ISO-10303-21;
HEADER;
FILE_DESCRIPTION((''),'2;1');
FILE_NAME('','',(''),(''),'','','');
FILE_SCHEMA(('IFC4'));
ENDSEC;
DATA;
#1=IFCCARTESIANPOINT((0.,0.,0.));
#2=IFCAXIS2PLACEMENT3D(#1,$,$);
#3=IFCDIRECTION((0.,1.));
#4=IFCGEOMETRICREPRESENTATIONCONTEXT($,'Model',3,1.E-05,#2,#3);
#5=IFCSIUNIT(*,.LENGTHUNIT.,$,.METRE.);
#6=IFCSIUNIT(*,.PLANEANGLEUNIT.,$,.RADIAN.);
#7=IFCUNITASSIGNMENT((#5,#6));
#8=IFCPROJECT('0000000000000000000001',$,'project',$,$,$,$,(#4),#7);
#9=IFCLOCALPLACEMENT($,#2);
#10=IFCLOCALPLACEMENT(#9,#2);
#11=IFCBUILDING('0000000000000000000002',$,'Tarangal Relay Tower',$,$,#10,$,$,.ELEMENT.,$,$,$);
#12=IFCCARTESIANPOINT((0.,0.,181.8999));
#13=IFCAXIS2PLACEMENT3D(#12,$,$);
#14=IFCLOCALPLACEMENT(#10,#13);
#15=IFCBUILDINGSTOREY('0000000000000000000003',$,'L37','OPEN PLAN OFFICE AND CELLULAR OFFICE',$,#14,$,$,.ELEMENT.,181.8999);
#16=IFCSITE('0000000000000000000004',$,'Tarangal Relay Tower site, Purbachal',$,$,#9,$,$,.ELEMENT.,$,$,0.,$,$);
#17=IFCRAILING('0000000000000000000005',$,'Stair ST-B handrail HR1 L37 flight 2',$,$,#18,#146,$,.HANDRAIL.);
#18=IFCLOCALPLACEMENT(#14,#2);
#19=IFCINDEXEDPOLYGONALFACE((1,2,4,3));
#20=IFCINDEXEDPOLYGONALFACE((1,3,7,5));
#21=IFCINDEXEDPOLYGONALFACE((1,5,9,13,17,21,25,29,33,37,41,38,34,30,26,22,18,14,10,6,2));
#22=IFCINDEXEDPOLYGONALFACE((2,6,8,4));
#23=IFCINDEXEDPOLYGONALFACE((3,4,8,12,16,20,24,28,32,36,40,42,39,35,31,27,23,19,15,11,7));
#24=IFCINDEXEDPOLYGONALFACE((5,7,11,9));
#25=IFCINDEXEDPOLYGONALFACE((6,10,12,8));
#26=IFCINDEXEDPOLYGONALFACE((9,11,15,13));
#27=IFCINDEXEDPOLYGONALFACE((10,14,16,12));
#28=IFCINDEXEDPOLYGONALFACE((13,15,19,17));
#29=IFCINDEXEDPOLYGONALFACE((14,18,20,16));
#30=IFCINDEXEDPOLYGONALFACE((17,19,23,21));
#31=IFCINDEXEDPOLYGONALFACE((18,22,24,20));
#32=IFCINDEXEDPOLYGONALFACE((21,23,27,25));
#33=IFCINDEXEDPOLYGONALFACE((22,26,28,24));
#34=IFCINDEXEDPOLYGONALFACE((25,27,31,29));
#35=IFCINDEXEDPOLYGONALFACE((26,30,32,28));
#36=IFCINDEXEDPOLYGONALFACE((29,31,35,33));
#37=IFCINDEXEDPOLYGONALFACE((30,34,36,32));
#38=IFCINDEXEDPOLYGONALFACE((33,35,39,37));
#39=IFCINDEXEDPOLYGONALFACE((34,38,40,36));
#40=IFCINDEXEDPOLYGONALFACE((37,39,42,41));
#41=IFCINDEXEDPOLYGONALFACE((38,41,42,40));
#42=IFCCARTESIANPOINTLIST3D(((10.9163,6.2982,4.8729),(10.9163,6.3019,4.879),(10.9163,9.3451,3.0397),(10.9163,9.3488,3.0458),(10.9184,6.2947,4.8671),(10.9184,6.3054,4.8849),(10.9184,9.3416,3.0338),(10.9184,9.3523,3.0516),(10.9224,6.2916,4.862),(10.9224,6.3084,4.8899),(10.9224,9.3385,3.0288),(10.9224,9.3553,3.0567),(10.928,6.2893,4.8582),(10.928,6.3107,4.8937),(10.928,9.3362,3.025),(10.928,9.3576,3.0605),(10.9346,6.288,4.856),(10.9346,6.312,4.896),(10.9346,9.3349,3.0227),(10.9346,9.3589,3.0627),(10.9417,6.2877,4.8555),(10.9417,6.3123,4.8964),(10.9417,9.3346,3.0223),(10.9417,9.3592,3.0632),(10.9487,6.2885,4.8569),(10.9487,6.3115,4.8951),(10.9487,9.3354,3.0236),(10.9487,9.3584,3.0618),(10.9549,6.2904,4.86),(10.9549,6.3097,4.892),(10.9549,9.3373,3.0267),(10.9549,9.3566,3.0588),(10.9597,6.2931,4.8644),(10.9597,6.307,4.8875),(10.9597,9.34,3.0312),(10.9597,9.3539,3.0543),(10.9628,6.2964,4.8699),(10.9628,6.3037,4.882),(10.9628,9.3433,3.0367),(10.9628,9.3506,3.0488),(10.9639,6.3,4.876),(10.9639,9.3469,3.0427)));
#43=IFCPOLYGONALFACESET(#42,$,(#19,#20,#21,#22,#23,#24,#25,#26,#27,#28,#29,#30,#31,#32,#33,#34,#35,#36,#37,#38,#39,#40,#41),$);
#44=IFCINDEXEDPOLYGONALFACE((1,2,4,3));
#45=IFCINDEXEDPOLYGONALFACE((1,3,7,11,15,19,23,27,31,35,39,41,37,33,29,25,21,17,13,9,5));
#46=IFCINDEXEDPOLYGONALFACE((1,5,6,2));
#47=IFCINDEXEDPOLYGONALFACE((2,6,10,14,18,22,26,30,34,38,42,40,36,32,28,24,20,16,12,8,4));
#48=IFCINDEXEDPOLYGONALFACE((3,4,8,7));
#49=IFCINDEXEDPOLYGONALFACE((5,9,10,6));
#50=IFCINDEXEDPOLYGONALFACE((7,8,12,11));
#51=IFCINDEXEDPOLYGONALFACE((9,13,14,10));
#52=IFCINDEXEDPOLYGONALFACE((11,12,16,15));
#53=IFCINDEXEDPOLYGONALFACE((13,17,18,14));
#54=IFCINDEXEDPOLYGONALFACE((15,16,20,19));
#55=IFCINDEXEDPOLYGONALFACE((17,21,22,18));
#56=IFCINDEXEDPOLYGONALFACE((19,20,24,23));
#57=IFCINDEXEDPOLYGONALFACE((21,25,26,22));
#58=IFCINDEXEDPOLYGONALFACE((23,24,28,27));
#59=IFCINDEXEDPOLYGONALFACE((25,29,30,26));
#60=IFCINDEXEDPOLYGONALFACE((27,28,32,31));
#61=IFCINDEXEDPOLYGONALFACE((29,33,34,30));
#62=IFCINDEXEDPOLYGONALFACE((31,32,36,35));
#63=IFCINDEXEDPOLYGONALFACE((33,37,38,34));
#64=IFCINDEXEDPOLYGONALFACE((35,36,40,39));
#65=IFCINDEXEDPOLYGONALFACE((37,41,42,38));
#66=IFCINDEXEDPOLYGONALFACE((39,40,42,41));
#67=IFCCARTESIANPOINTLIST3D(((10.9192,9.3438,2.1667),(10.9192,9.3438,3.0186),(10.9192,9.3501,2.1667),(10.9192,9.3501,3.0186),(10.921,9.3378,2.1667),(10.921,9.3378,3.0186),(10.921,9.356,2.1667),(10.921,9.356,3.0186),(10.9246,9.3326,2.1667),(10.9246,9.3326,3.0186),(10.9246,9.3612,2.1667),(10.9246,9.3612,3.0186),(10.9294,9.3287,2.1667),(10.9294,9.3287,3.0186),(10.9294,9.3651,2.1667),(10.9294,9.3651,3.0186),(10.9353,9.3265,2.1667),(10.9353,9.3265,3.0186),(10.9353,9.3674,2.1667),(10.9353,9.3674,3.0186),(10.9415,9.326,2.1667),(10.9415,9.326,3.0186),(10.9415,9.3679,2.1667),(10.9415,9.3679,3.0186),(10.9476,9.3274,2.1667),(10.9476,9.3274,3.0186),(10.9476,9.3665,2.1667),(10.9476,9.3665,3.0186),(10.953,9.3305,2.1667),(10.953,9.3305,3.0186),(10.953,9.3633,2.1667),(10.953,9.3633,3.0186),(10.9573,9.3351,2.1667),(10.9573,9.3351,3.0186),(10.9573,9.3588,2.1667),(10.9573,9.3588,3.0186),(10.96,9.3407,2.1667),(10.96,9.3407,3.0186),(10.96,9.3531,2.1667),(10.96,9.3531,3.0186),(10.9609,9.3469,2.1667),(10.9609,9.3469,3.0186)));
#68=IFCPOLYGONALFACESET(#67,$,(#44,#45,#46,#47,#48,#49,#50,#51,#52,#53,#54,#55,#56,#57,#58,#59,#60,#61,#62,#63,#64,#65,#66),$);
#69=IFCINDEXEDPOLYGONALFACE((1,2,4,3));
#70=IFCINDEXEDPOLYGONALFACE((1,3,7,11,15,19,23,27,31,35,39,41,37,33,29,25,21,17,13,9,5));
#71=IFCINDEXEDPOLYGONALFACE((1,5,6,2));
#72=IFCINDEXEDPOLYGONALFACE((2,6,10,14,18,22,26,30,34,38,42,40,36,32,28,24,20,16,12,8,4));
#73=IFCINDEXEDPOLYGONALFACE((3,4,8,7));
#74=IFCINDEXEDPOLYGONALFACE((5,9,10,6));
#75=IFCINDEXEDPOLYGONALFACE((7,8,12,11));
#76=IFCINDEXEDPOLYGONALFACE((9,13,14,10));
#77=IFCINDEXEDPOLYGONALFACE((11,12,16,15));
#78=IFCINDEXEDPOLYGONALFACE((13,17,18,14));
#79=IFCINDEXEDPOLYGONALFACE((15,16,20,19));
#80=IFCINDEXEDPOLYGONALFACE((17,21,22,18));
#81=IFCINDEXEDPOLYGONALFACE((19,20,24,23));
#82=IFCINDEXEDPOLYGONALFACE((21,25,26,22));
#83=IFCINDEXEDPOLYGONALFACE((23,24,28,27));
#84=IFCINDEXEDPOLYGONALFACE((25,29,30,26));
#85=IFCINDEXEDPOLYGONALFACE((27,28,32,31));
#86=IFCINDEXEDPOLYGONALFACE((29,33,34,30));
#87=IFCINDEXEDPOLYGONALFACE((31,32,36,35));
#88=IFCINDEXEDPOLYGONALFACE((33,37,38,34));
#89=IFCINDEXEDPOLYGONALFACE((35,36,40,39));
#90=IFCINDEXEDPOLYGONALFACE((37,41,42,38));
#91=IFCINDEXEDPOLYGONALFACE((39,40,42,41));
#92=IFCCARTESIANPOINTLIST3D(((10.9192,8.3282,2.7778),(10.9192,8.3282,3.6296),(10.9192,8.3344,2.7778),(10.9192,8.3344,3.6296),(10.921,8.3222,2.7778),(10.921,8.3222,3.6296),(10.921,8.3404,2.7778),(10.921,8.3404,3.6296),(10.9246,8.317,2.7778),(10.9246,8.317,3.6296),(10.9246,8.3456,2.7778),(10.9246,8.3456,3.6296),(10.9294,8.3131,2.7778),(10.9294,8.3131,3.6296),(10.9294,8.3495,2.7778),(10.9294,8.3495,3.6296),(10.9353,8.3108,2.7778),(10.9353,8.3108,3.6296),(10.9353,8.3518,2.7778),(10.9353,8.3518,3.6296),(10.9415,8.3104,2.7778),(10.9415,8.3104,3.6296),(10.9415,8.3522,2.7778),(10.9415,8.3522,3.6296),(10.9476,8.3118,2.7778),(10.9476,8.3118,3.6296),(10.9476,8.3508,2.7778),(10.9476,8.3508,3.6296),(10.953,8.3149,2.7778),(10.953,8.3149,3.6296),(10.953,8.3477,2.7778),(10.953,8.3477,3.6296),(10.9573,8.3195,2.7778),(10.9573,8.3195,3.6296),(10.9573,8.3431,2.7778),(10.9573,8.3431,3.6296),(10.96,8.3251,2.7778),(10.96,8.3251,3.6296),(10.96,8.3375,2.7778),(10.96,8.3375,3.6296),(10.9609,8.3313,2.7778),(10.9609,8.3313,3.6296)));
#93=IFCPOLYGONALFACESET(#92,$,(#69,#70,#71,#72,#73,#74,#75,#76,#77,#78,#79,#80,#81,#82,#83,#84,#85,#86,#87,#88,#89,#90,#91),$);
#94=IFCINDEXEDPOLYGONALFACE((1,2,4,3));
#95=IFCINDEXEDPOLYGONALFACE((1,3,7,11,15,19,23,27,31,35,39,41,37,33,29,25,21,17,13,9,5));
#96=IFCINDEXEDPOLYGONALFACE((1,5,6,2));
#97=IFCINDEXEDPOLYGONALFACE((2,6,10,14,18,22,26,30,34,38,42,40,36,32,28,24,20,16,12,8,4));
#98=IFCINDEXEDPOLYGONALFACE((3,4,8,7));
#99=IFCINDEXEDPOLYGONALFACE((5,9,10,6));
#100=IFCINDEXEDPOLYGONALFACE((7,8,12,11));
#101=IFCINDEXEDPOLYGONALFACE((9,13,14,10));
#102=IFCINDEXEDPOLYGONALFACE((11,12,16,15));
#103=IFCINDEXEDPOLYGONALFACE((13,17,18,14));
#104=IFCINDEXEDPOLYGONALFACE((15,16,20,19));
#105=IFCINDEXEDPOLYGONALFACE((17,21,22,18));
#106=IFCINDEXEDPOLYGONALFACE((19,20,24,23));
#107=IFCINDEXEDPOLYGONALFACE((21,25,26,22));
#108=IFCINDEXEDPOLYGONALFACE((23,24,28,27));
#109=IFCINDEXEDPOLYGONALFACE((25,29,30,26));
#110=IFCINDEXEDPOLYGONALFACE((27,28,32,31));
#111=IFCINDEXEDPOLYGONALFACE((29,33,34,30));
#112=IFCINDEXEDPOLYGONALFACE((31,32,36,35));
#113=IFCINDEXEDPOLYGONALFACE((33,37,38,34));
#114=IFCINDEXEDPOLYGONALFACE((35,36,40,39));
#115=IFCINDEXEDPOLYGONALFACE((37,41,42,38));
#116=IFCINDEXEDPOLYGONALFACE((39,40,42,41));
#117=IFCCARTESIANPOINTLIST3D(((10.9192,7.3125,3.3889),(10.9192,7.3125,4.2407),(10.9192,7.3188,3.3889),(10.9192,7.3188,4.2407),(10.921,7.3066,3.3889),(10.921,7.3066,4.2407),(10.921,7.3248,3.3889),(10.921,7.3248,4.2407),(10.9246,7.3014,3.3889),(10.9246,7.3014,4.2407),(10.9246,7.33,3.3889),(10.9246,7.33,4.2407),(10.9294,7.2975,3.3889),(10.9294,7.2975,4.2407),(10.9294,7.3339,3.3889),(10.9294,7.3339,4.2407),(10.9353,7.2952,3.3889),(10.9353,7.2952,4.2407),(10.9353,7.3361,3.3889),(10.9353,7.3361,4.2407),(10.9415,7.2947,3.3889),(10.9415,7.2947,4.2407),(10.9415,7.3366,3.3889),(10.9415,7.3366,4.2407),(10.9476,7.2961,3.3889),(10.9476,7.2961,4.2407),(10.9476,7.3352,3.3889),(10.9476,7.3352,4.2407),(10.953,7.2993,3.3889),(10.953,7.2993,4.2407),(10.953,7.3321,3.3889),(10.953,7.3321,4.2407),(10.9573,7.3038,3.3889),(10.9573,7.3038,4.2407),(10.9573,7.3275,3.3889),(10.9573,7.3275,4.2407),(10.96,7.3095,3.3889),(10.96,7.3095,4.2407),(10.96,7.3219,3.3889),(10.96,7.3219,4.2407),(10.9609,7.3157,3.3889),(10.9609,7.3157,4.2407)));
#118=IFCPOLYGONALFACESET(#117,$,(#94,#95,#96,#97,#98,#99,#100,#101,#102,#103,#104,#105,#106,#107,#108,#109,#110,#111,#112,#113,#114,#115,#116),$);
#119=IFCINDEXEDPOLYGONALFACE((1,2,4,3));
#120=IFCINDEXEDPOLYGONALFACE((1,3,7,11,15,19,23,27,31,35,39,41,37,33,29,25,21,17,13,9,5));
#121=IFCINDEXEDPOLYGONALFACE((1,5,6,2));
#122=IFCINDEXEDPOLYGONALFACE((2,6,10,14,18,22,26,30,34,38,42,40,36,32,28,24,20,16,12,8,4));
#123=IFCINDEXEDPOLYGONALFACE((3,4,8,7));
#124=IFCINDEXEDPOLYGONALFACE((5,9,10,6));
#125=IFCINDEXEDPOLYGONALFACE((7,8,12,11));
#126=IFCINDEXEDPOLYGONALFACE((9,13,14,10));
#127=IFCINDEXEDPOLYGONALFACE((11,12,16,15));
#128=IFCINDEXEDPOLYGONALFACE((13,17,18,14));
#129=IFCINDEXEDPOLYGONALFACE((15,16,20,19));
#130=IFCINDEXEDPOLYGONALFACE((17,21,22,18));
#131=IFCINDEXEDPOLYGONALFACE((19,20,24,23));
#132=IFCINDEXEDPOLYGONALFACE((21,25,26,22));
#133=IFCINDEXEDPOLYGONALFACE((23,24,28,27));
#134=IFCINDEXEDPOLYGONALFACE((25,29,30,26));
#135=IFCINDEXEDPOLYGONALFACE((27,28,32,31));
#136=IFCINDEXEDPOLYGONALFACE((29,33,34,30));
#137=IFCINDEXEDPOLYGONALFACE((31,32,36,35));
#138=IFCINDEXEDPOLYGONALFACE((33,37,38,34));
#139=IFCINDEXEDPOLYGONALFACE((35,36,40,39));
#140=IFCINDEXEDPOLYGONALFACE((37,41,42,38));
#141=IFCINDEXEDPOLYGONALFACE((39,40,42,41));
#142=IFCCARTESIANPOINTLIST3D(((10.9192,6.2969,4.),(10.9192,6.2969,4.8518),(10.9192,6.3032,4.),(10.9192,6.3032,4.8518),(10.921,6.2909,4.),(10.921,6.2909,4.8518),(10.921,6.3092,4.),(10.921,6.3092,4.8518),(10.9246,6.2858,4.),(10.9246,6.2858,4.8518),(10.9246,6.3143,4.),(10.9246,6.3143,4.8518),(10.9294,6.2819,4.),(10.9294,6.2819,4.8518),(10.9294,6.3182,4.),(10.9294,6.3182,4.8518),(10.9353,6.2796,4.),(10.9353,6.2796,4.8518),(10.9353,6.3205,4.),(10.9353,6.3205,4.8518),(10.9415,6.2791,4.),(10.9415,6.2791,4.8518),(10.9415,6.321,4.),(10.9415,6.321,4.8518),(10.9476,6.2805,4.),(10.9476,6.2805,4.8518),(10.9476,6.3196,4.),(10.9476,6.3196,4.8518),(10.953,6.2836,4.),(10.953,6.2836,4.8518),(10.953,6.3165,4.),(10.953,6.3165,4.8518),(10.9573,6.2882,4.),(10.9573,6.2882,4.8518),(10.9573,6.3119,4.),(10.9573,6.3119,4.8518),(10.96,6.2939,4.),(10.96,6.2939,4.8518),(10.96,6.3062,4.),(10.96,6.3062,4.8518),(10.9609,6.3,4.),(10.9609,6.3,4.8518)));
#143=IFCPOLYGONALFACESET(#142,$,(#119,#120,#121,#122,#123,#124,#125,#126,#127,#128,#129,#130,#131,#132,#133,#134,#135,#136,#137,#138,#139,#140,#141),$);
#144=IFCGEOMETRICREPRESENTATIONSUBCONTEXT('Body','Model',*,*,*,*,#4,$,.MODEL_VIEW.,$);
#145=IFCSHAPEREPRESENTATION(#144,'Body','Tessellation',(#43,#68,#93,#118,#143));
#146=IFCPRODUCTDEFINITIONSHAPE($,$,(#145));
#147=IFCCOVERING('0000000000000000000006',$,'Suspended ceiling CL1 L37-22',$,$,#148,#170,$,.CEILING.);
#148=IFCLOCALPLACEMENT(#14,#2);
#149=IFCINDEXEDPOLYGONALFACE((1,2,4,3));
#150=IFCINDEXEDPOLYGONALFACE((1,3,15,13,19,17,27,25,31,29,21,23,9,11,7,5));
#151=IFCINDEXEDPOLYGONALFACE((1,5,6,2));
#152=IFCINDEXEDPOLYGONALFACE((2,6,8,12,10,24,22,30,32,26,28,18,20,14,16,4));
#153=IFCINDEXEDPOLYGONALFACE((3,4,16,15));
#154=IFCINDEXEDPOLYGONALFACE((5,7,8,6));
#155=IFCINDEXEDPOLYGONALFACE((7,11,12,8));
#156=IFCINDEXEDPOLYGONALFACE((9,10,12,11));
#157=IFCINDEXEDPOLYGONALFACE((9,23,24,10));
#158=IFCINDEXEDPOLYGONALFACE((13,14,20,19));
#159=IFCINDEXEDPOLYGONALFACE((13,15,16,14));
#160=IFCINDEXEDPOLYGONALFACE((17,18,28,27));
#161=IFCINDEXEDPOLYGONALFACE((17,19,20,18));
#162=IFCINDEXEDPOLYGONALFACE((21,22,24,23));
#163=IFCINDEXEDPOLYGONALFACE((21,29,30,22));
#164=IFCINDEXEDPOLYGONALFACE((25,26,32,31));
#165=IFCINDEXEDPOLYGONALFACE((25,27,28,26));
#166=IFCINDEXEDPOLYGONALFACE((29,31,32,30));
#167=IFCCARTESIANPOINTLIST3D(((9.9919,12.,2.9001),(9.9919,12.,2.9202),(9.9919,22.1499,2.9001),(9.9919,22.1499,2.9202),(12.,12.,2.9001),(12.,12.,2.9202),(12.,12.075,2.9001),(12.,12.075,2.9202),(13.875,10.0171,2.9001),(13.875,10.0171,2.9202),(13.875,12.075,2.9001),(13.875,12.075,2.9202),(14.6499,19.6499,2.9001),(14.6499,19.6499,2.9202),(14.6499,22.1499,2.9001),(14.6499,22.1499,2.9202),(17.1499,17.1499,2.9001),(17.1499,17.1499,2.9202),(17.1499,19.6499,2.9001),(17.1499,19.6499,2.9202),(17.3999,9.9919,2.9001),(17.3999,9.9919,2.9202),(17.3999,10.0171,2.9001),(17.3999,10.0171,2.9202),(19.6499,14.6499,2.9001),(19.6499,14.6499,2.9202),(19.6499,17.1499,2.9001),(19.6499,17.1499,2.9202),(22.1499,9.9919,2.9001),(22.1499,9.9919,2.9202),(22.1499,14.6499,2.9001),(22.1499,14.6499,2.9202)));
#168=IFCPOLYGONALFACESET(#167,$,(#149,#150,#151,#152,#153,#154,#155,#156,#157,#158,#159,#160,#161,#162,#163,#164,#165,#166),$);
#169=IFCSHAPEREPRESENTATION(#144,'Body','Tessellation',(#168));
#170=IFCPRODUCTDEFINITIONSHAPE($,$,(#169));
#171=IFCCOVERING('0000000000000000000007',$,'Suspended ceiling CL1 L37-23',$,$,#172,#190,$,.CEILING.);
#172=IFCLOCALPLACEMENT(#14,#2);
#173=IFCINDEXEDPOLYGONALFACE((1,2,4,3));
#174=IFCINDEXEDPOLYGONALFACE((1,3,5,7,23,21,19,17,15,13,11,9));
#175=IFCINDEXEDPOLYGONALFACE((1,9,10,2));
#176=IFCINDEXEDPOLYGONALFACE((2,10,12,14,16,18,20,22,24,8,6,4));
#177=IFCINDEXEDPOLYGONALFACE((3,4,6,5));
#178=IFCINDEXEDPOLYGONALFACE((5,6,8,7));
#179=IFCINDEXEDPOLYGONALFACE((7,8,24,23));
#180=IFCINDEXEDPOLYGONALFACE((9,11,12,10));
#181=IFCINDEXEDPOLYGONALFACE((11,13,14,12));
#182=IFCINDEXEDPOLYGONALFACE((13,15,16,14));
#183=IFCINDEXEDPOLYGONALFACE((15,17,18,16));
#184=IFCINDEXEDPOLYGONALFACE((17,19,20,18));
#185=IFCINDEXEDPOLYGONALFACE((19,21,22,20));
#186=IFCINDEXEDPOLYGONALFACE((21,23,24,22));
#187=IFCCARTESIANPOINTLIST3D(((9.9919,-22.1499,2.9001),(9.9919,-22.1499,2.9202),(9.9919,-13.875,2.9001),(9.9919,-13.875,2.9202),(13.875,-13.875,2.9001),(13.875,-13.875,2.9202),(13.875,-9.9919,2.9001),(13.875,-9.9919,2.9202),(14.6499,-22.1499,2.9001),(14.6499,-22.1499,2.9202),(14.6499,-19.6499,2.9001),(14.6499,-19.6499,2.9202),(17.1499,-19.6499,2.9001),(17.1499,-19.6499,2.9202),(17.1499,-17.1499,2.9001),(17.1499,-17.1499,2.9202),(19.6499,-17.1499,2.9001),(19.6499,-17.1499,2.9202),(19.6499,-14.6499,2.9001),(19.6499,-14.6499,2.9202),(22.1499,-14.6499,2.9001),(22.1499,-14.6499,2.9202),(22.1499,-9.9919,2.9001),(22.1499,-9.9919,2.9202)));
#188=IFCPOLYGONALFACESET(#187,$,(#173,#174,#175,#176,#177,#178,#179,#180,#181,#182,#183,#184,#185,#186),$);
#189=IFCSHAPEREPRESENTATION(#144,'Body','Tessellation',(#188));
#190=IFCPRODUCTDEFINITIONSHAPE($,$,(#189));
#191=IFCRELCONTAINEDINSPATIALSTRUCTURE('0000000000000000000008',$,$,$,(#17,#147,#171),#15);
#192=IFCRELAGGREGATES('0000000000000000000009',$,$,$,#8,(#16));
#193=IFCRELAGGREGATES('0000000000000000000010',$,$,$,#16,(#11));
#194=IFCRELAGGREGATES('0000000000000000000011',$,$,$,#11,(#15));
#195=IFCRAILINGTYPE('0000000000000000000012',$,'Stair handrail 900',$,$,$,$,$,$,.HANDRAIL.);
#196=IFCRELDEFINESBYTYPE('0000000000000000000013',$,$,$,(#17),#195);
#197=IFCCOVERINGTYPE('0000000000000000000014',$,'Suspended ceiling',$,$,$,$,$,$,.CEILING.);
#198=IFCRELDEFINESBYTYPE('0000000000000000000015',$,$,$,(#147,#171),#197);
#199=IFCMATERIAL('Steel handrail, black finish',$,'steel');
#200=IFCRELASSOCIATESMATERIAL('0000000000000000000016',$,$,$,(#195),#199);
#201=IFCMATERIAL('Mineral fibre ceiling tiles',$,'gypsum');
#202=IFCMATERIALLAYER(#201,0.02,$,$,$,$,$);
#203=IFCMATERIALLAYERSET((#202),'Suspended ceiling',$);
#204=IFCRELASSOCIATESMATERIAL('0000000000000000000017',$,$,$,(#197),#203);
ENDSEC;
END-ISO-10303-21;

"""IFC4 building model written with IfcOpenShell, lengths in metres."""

from ifc_helpers import new_model, si_unit, direction, frame, origin, origin_2d, place, context, subcontext, project, spatial, polyline, circle, outline, extrude, material, layer, layer_set, type_object, element, save


model = new_model("IFC4")

# Units and contexts
model_context = context("Model", 3, precision=1e-05, world=origin(), true_north=direction((0.0, 1.0)))
body_context = subcontext(model_context, "Body", "Model", "MODEL_VIEW")
ifc_project = project(units=[si_unit("LENGTHUNIT", "METRE"), si_unit("PLANEANGLEUNIT", "RADIAN")], contexts=[model_context])

# Site, building, storey
site_placement = place(None, origin())
site = spatial("IfcSite", under=ifc_project, at=site_placement, Name="Tarangal Relay Tower site, Purbachal", CompositionType="ELEMENT", RefElevation=0.0)
building_placement = place(site_placement, origin())
building = spatial("IfcBuilding", under=site, at=building_placement, Name="Tarangal Relay Tower", CompositionType="ELEMENT")
storey_placement = place(building_placement, frame((0.0, 0.0, 181.8999)))
storey = spatial("IfcBuildingStorey", under=building, at=storey_placement, Name="L37", Description="OPEN PLAN OFFICE AND CELLULAR OFFICE", CompositionType="ELEMENT", Elevation=181.8999)

# Railing
ifc_material_1 = material(Name="Steel handrail, black finish", Category="steel")
railing_type_1 = type_object("IfcRailingType", Name="Stair handrail 900", PredefinedType="HANDRAIL", material=ifc_material_1)
railing_1_placement = place(storey_placement, frame((10.9399, 9.3469, 2.1667)))
element("IfcRailing", 1, at=railing_1_placement, inside=storey, type_object=railing_type_1, Name="Stair ST-B handrail HR1 L37 flight 2", PredefinedType="HANDRAIL", context=body_context, shape_type="SweptSolid", body=[
    extrude(circle(Radius=0.0239, at=origin_2d()), frame((0.0, 0.0, 0.876), z_axis=(0.0, -0.856856, 0.515556), x_axis=(1.0, 0.0, 0.0)), (0.0, 0.0, 1.0), 3.5559),
    extrude(circle(Radius=0.021, at=origin_2d()), origin(), (0.0, 0.0, 1.0), 0.8518),
    extrude(circle(Radius=0.021, at=origin_2d()), frame((0.0, -1.0156, 0.6111)), (0.0, 0.0, 1.0), 0.8518),
    extrude(circle(Radius=0.021, at=origin_2d()), frame((0.0, -2.0312, 1.2222)), (0.0, 0.0, 1.0), 0.8518),
    extrude(circle(Radius=0.021, at=origin_2d()), frame((0.0, -3.0469, 1.8333)), (0.0, 0.0, 1.0), 0.8518),
])

# Coverings
ifc_material_2 = material(Name="Mineral fibre ceiling tiles", Category="gypsum")
ifc_layer_1 = layer(ifc_material_2, 0.02)
ifc_layer_set_1 = layer_set([ifc_layer_1], Name="Suspended ceiling")
covering_type = type_object("IfcCoveringType", Name="Suspended ceiling", PredefinedType="CEILING", material=ifc_layer_set_1)
covering_1_placement = place(storey_placement, frame((0.0, 0.0, 2.9001)))
element("IfcCovering", 2, at=covering_1_placement, inside=storey, type_object=covering_type, Name="Suspended ceiling CL1 L37-22", PredefinedType="CEILING", context=body_context, shape_type="SweptSolid", body=[
    extrude(outline(polyline([(9.9919, 22.1499), (9.9919, 12.0), (12.0, 12.0), (12.0, 12.075), (13.875, 12.075), (13.875, 10.0171), (17.3999, 10.0171), (17.3999, 9.9919), (22.1499, 9.9919), (22.1499, 14.6499), (19.6499, 14.6499), (19.6499, 17.1499), (17.1499, 17.1499), (17.1499, 19.6499), (14.6499, 19.6499), (14.6499, 22.1499), (9.9919, 22.1499)])), origin(), (0.0, 0.0, 1.0), 0.02),
])
covering_2_placement = place(storey_placement, frame((0.0, 0.0, 2.9001)))
element("IfcCovering", 3, at=covering_2_placement, inside=storey, type_object=covering_type, Name="Suspended ceiling CL1 L37-23", PredefinedType="CEILING", context=body_context, shape_type="SweptSolid", body=[
    extrude(outline(polyline([(22.1499, -9.9919), (13.875, -9.9919), (13.875, -13.875), (9.9919, -13.875), (9.9919, -22.1499), (14.6499, -22.1499), (14.6499, -19.6499), (17.1499, -19.6499), (17.1499, -17.1499), (19.6499, -17.1499), (19.6499, -14.6499), (22.1499, -14.6499), (22.1499, -9.9919)])), origin(), (0.0, 0.0, 1.0), 0.02),
])

save(model, "model.ifc")
